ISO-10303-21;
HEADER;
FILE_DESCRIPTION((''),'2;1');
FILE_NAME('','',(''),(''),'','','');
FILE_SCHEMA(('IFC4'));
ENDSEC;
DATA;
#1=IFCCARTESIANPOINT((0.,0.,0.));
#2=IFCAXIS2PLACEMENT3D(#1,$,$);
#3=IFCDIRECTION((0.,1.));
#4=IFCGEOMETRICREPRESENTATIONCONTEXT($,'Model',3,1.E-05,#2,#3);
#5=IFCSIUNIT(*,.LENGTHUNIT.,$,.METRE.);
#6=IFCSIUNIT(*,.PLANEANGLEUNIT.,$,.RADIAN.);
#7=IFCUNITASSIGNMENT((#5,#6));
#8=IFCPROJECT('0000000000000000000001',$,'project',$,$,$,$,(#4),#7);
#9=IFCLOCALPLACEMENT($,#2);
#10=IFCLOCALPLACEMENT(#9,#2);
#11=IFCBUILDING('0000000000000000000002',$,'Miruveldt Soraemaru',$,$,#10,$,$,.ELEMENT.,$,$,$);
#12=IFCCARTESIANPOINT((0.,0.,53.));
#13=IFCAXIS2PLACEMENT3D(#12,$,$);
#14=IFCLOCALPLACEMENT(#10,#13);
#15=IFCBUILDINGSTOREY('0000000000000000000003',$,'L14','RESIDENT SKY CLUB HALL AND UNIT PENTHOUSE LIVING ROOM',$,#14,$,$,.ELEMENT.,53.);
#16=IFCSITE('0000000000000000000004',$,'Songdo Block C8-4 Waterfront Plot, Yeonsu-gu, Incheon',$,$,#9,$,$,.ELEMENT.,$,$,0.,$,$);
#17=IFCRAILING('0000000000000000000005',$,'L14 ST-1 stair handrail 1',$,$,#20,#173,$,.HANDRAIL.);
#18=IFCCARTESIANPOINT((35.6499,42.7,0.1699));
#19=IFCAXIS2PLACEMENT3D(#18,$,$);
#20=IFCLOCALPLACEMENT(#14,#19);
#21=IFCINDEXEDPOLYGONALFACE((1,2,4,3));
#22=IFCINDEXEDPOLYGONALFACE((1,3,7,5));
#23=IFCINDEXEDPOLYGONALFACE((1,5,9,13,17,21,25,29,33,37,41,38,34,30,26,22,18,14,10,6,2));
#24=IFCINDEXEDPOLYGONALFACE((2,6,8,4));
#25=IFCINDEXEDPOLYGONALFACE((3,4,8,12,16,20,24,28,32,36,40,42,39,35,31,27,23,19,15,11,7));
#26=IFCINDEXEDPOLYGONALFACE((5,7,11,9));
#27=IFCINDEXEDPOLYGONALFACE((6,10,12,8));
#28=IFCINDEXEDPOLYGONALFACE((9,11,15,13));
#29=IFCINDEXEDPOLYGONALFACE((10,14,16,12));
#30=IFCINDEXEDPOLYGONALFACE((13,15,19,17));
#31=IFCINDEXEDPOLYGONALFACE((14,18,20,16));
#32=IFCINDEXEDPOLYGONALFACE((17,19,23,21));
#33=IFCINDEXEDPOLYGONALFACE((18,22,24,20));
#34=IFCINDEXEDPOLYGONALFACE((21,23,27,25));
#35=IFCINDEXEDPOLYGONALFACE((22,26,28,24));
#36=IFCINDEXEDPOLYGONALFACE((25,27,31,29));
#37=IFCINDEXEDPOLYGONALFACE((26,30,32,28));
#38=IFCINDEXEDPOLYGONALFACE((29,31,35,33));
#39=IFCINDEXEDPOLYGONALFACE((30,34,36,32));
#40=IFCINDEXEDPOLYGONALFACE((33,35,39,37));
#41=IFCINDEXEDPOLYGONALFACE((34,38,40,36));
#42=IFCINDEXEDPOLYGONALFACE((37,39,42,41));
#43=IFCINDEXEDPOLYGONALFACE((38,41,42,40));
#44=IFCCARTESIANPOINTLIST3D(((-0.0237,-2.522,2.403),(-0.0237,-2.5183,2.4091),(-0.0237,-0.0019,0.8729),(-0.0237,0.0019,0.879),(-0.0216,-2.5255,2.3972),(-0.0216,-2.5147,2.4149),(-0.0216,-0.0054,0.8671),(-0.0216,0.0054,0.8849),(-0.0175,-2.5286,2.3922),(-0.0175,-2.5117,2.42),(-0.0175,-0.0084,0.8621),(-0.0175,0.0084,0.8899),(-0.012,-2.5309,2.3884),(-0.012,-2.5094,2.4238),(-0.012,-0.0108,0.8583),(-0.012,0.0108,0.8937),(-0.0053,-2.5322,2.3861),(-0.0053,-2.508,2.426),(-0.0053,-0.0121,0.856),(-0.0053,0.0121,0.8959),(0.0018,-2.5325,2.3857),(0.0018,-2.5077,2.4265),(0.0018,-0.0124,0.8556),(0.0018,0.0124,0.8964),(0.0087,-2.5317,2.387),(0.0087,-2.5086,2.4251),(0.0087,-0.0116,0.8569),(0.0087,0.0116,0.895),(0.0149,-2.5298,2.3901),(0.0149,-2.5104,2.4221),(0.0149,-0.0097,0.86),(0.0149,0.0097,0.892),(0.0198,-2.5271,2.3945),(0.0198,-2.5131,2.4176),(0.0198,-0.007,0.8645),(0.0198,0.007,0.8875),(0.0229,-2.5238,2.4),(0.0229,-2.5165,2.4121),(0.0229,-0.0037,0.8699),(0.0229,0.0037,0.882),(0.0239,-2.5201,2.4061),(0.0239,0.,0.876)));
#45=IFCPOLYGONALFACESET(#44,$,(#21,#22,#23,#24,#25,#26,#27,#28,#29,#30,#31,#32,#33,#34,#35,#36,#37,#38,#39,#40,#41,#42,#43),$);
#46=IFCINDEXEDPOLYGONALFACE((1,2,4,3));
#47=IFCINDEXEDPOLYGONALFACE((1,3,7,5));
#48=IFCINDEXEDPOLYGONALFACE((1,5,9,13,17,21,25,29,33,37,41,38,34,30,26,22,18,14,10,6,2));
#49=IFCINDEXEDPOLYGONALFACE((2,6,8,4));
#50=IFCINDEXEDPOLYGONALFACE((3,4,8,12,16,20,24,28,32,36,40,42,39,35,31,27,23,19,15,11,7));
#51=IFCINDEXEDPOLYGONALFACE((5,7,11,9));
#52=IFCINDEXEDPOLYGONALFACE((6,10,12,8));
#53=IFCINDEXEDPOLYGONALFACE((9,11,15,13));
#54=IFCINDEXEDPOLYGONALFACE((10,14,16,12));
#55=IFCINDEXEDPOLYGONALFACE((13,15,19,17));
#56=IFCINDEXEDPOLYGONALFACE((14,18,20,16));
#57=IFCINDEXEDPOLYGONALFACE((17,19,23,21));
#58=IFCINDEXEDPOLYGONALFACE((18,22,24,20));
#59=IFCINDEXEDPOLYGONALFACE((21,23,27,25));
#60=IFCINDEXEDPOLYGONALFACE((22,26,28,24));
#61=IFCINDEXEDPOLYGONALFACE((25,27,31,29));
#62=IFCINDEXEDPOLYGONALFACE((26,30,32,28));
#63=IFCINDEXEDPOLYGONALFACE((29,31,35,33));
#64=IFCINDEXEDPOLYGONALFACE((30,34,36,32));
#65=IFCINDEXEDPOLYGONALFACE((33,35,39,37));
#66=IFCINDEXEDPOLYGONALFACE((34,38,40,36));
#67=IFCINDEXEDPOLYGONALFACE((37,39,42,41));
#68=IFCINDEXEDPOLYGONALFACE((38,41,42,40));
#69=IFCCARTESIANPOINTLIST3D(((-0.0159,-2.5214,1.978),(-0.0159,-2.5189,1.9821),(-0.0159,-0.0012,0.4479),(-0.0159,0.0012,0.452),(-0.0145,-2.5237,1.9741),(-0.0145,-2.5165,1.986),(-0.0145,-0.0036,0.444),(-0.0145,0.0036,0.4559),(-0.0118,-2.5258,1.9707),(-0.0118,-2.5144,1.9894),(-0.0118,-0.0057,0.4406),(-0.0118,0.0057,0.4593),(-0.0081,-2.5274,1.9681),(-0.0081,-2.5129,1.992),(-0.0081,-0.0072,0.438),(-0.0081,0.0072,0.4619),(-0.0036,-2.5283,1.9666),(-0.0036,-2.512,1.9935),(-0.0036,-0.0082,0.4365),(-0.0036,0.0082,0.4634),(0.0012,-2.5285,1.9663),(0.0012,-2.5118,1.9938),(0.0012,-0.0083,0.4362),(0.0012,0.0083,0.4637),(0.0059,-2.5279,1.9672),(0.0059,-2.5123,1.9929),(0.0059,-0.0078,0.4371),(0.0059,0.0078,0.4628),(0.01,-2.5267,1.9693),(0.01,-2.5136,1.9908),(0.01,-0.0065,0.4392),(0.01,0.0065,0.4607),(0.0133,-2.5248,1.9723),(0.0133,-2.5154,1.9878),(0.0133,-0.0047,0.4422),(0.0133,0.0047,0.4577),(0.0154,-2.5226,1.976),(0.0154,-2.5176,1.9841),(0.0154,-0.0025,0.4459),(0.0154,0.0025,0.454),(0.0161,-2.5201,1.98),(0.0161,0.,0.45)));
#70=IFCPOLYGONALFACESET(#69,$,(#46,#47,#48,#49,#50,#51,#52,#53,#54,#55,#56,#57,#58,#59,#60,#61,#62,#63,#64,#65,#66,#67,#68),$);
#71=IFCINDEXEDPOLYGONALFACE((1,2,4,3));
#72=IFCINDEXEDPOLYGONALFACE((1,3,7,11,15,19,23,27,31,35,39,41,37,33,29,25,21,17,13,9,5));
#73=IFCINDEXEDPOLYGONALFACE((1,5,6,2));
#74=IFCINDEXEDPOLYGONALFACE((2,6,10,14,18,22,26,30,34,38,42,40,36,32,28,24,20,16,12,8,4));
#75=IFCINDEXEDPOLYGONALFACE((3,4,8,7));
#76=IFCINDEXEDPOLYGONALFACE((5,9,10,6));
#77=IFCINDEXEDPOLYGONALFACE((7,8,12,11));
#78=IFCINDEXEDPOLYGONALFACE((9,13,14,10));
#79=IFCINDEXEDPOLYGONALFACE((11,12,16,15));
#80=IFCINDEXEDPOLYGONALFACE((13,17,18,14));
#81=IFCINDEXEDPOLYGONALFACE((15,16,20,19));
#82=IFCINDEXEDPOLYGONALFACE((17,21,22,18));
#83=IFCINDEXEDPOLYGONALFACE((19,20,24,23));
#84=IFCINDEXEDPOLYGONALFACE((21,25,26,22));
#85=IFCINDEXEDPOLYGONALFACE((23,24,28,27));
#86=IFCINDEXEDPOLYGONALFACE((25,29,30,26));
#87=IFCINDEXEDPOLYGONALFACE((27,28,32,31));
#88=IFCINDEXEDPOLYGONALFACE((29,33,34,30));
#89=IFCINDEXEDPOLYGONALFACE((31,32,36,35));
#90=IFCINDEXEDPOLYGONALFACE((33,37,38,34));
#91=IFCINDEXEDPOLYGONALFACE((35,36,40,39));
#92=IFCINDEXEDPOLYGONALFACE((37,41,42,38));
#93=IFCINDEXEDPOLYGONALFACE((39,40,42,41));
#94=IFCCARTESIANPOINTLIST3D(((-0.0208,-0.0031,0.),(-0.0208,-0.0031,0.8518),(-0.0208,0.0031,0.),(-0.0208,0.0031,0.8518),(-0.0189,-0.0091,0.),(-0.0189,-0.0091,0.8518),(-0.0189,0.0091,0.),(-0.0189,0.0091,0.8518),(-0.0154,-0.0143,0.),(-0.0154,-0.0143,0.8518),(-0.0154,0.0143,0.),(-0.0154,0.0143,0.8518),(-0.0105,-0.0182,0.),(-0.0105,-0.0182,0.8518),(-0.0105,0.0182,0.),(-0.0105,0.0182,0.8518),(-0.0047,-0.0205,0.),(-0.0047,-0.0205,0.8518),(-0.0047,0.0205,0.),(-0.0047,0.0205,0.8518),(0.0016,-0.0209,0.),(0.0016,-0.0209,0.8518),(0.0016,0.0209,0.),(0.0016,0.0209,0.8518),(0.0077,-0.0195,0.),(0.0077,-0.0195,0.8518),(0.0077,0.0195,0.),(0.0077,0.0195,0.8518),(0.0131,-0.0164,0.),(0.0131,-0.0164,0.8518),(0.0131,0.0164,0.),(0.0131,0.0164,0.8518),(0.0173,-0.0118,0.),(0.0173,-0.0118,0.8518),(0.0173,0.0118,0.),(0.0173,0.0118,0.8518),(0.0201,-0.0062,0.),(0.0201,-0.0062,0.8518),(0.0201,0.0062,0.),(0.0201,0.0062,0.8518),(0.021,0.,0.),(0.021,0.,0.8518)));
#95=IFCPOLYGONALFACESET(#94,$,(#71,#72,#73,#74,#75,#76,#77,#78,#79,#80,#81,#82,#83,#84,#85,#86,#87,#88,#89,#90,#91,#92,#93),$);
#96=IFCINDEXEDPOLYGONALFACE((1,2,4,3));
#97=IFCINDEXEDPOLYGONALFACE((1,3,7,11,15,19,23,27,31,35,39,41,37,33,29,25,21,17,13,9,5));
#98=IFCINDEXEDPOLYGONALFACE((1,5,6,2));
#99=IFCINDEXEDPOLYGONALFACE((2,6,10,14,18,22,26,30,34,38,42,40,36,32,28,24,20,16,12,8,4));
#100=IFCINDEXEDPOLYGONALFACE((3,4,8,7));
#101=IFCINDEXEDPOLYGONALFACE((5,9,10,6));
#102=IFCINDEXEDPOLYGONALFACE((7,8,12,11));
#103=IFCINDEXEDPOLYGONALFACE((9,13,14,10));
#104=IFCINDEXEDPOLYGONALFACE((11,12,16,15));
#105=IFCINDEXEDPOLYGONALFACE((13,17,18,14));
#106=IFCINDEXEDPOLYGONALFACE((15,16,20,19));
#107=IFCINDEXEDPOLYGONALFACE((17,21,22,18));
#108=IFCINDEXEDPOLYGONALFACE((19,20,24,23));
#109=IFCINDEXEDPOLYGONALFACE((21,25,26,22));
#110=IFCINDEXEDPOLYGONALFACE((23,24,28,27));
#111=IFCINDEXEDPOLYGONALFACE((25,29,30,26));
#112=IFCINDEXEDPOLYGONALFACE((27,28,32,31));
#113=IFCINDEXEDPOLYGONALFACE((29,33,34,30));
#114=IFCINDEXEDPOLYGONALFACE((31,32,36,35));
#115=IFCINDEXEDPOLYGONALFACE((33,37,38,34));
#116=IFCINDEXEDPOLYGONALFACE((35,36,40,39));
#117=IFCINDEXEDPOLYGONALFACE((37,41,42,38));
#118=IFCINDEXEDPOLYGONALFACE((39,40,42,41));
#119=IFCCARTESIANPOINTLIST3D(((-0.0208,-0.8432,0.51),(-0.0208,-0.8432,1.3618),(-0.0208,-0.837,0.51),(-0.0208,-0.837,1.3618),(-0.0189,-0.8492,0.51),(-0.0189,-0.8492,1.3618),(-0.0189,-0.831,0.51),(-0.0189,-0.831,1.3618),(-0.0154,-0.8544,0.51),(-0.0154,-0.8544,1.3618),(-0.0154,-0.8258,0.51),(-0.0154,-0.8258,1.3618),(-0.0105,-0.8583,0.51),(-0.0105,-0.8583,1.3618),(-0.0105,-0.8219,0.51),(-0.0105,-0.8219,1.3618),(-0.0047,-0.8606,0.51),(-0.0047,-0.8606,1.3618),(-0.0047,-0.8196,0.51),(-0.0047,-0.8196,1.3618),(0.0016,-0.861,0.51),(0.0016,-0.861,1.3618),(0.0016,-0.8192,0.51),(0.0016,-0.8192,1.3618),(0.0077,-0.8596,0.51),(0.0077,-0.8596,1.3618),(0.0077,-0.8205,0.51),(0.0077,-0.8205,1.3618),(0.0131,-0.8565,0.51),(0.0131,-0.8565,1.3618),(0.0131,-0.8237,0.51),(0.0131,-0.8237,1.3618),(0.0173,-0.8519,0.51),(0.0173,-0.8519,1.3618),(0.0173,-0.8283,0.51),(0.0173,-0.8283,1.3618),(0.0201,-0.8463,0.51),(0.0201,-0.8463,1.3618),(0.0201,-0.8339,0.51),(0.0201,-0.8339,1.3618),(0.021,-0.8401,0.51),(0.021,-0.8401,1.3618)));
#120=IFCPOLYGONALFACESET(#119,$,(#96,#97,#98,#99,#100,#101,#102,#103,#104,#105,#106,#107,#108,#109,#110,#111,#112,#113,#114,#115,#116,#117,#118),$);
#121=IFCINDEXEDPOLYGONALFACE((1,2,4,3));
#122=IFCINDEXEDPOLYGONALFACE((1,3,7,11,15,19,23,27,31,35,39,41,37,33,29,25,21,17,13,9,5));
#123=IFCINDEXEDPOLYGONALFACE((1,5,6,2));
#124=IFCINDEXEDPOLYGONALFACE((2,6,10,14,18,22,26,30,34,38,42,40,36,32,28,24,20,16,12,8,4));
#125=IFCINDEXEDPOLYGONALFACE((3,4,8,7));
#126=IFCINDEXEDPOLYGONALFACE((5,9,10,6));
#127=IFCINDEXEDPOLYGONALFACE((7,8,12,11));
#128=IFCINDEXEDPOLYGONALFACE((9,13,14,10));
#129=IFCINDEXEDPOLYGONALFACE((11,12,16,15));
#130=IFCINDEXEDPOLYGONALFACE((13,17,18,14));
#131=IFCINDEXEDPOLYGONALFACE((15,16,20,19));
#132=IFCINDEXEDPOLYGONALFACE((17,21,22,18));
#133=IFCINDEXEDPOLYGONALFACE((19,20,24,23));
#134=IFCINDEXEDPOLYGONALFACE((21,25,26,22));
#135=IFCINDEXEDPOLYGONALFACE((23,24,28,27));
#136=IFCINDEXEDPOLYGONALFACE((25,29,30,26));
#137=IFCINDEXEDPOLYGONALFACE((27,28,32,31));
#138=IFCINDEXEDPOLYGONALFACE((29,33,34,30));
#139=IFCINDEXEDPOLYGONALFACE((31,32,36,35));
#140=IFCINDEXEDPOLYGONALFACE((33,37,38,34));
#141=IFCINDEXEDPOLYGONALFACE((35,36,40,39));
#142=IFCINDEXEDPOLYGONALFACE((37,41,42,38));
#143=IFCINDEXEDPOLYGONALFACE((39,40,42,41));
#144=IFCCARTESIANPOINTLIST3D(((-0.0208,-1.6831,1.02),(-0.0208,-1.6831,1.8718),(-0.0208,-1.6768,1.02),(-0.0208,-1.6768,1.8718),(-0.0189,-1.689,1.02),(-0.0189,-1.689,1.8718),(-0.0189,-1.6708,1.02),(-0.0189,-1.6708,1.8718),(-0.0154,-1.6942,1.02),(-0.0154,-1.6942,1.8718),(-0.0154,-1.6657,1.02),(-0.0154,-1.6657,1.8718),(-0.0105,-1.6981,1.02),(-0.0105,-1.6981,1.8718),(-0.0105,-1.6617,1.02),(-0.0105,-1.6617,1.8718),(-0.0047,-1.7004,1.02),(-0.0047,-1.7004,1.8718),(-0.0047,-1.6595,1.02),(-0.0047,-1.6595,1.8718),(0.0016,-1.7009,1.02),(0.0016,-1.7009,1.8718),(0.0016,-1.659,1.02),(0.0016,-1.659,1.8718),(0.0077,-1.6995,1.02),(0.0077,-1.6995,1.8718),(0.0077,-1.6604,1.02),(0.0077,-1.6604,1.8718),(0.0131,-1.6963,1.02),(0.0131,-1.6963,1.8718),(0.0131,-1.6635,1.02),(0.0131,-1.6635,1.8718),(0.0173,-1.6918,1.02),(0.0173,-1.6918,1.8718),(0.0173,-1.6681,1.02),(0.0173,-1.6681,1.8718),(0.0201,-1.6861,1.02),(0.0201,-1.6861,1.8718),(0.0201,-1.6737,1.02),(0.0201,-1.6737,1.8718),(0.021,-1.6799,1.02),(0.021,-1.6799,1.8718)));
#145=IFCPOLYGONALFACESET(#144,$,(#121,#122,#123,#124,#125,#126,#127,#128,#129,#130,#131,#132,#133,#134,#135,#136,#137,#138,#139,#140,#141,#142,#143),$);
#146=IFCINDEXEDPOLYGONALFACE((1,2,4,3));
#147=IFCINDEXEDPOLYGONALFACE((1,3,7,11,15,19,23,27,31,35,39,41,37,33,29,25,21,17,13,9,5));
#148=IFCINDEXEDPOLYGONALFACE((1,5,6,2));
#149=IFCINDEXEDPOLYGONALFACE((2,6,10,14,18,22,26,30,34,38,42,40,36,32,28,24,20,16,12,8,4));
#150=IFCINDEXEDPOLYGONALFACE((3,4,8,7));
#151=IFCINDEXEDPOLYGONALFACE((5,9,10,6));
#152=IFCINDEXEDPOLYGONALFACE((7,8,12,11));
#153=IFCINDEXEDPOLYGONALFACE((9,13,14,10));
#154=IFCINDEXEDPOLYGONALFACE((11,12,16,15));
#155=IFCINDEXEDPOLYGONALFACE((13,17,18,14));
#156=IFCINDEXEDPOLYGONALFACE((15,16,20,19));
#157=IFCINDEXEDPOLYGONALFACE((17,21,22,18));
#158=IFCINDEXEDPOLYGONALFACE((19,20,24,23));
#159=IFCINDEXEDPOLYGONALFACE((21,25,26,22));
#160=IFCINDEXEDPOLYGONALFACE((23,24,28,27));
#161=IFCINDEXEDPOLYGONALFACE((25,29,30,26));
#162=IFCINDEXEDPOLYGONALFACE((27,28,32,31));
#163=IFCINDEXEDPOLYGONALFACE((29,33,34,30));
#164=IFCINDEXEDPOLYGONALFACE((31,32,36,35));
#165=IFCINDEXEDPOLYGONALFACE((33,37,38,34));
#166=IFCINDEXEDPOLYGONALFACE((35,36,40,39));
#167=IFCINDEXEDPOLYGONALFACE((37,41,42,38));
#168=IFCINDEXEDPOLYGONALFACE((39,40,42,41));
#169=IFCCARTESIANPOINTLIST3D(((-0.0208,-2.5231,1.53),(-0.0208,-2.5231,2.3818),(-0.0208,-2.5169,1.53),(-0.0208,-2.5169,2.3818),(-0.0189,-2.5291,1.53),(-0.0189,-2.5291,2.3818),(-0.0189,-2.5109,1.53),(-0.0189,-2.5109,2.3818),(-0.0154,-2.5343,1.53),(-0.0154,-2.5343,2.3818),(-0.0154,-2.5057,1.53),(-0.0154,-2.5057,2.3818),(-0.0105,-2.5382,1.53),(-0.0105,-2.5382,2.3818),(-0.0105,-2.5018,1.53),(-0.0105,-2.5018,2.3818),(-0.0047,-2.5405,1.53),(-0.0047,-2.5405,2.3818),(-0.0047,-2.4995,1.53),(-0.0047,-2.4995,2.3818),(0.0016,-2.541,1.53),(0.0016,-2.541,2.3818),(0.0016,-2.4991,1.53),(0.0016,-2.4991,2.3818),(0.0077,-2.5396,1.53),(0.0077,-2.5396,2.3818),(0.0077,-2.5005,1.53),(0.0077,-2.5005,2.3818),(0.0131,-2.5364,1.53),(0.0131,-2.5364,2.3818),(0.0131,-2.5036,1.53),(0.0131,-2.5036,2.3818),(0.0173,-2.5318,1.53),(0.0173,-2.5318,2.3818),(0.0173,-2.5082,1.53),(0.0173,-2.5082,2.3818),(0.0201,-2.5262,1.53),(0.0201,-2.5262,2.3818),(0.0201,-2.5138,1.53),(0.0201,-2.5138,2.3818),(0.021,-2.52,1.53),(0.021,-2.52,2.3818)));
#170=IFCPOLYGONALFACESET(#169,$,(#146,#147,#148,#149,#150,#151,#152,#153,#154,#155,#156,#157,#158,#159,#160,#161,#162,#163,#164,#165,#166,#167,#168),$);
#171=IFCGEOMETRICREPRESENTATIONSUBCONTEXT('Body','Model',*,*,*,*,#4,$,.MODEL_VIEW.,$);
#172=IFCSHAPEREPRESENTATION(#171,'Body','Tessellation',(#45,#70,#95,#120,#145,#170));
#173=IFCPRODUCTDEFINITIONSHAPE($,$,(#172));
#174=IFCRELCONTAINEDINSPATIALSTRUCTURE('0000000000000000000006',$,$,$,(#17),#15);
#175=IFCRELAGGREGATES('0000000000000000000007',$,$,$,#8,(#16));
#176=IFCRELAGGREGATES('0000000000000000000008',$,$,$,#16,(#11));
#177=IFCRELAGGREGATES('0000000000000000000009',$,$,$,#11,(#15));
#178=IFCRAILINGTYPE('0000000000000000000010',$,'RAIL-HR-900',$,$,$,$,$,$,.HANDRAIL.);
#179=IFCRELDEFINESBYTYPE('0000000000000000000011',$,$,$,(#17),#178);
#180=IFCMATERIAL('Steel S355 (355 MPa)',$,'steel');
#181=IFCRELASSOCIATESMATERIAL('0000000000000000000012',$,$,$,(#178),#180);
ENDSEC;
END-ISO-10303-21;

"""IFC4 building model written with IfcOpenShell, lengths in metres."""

from ifc_helpers import new_model, si_unit, direction, frame, origin, origin_2d, place, context, subcontext, project, spatial, circle, extrude, material, type_object, element, save


model = new_model("IFC4")

# Units and contexts
model_context = context("Model", 3, precision=1e-05, world=origin(), true_north=direction((0.0, 1.0)))
body_context = subcontext(model_context, "Body", "Model", "MODEL_VIEW")
ifc_project = project(units=[si_unit("LENGTHUNIT", "METRE"), si_unit("PLANEANGLEUNIT", "RADIAN")], contexts=[model_context])

# Site, building, storey
site_placement = place(None, origin())
site = spatial("IfcSite", under=ifc_project, at=site_placement, Name="Songdo Block C8-4 Waterfront Plot, Yeonsu-gu, Incheon", CompositionType="ELEMENT", RefElevation=0.0)
building_placement = place(site_placement, origin())
building = spatial("IfcBuilding", under=site, at=building_placement, Name="Miruveldt Soraemaru", CompositionType="ELEMENT")
storey_placement = place(building_placement, frame((0.0, 0.0, 53.0)))
storey = spatial("IfcBuildingStorey", under=building, at=storey_placement, Name="L14", Description="RESIDENT SKY CLUB HALL AND UNIT PENTHOUSE LIVING ROOM", CompositionType="ELEMENT", Elevation=53.0)

# Railing
ifc_material_1 = material(Name="Steel S355 (355 MPa)", Category="steel")
railing_type_1 = type_object("IfcRailingType", Name="RAIL-HR-900", PredefinedType="HANDRAIL", material=ifc_material_1)
railing_1_placement = place(storey_placement, frame((35.6499, 42.7, 0.1699)))
element("IfcRailing", 1, at=railing_1_placement, inside=storey, type_object=railing_type_1, Name="L14 ST-1 stair handrail 1", PredefinedType="HANDRAIL", context=body_context, shape_type="SweptSolid", body=[
    extrude(circle(Radius=0.0239, at=origin_2d()), frame((0.0, 0.0, 0.876), z_axis=(0.0, -0.854785, 0.518982), x_axis=(1.0, 0.0, 0.0)), (0.0, 0.0, 1.0), 2.9482),
    extrude(circle(Radius=0.0161, at=origin_2d()), frame((0.0, 0.0, 0.45), z_axis=(0.0, -0.854785, 0.518982), x_axis=(1.0, 0.0, 0.0)), (0.0, 0.0, 1.0), 2.9482),
    extrude(circle(Radius=0.021, at=origin_2d()), origin(), (0.0, 0.0, 1.0), 0.8518),
    extrude(circle(Radius=0.021, at=origin_2d()), frame((0.0, -0.8401, 0.51)), (0.0, 0.0, 1.0), 0.8518),
    extrude(circle(Radius=0.021, at=origin_2d()), frame((0.0, -1.6799, 1.02)), (0.0, 0.0, 1.0), 0.8518),
    extrude(circle(Radius=0.021, at=origin_2d()), frame((0.0, -2.52, 1.53)), (0.0, 0.0, 1.0), 0.8518),
])

save(model, "model.ifc")
